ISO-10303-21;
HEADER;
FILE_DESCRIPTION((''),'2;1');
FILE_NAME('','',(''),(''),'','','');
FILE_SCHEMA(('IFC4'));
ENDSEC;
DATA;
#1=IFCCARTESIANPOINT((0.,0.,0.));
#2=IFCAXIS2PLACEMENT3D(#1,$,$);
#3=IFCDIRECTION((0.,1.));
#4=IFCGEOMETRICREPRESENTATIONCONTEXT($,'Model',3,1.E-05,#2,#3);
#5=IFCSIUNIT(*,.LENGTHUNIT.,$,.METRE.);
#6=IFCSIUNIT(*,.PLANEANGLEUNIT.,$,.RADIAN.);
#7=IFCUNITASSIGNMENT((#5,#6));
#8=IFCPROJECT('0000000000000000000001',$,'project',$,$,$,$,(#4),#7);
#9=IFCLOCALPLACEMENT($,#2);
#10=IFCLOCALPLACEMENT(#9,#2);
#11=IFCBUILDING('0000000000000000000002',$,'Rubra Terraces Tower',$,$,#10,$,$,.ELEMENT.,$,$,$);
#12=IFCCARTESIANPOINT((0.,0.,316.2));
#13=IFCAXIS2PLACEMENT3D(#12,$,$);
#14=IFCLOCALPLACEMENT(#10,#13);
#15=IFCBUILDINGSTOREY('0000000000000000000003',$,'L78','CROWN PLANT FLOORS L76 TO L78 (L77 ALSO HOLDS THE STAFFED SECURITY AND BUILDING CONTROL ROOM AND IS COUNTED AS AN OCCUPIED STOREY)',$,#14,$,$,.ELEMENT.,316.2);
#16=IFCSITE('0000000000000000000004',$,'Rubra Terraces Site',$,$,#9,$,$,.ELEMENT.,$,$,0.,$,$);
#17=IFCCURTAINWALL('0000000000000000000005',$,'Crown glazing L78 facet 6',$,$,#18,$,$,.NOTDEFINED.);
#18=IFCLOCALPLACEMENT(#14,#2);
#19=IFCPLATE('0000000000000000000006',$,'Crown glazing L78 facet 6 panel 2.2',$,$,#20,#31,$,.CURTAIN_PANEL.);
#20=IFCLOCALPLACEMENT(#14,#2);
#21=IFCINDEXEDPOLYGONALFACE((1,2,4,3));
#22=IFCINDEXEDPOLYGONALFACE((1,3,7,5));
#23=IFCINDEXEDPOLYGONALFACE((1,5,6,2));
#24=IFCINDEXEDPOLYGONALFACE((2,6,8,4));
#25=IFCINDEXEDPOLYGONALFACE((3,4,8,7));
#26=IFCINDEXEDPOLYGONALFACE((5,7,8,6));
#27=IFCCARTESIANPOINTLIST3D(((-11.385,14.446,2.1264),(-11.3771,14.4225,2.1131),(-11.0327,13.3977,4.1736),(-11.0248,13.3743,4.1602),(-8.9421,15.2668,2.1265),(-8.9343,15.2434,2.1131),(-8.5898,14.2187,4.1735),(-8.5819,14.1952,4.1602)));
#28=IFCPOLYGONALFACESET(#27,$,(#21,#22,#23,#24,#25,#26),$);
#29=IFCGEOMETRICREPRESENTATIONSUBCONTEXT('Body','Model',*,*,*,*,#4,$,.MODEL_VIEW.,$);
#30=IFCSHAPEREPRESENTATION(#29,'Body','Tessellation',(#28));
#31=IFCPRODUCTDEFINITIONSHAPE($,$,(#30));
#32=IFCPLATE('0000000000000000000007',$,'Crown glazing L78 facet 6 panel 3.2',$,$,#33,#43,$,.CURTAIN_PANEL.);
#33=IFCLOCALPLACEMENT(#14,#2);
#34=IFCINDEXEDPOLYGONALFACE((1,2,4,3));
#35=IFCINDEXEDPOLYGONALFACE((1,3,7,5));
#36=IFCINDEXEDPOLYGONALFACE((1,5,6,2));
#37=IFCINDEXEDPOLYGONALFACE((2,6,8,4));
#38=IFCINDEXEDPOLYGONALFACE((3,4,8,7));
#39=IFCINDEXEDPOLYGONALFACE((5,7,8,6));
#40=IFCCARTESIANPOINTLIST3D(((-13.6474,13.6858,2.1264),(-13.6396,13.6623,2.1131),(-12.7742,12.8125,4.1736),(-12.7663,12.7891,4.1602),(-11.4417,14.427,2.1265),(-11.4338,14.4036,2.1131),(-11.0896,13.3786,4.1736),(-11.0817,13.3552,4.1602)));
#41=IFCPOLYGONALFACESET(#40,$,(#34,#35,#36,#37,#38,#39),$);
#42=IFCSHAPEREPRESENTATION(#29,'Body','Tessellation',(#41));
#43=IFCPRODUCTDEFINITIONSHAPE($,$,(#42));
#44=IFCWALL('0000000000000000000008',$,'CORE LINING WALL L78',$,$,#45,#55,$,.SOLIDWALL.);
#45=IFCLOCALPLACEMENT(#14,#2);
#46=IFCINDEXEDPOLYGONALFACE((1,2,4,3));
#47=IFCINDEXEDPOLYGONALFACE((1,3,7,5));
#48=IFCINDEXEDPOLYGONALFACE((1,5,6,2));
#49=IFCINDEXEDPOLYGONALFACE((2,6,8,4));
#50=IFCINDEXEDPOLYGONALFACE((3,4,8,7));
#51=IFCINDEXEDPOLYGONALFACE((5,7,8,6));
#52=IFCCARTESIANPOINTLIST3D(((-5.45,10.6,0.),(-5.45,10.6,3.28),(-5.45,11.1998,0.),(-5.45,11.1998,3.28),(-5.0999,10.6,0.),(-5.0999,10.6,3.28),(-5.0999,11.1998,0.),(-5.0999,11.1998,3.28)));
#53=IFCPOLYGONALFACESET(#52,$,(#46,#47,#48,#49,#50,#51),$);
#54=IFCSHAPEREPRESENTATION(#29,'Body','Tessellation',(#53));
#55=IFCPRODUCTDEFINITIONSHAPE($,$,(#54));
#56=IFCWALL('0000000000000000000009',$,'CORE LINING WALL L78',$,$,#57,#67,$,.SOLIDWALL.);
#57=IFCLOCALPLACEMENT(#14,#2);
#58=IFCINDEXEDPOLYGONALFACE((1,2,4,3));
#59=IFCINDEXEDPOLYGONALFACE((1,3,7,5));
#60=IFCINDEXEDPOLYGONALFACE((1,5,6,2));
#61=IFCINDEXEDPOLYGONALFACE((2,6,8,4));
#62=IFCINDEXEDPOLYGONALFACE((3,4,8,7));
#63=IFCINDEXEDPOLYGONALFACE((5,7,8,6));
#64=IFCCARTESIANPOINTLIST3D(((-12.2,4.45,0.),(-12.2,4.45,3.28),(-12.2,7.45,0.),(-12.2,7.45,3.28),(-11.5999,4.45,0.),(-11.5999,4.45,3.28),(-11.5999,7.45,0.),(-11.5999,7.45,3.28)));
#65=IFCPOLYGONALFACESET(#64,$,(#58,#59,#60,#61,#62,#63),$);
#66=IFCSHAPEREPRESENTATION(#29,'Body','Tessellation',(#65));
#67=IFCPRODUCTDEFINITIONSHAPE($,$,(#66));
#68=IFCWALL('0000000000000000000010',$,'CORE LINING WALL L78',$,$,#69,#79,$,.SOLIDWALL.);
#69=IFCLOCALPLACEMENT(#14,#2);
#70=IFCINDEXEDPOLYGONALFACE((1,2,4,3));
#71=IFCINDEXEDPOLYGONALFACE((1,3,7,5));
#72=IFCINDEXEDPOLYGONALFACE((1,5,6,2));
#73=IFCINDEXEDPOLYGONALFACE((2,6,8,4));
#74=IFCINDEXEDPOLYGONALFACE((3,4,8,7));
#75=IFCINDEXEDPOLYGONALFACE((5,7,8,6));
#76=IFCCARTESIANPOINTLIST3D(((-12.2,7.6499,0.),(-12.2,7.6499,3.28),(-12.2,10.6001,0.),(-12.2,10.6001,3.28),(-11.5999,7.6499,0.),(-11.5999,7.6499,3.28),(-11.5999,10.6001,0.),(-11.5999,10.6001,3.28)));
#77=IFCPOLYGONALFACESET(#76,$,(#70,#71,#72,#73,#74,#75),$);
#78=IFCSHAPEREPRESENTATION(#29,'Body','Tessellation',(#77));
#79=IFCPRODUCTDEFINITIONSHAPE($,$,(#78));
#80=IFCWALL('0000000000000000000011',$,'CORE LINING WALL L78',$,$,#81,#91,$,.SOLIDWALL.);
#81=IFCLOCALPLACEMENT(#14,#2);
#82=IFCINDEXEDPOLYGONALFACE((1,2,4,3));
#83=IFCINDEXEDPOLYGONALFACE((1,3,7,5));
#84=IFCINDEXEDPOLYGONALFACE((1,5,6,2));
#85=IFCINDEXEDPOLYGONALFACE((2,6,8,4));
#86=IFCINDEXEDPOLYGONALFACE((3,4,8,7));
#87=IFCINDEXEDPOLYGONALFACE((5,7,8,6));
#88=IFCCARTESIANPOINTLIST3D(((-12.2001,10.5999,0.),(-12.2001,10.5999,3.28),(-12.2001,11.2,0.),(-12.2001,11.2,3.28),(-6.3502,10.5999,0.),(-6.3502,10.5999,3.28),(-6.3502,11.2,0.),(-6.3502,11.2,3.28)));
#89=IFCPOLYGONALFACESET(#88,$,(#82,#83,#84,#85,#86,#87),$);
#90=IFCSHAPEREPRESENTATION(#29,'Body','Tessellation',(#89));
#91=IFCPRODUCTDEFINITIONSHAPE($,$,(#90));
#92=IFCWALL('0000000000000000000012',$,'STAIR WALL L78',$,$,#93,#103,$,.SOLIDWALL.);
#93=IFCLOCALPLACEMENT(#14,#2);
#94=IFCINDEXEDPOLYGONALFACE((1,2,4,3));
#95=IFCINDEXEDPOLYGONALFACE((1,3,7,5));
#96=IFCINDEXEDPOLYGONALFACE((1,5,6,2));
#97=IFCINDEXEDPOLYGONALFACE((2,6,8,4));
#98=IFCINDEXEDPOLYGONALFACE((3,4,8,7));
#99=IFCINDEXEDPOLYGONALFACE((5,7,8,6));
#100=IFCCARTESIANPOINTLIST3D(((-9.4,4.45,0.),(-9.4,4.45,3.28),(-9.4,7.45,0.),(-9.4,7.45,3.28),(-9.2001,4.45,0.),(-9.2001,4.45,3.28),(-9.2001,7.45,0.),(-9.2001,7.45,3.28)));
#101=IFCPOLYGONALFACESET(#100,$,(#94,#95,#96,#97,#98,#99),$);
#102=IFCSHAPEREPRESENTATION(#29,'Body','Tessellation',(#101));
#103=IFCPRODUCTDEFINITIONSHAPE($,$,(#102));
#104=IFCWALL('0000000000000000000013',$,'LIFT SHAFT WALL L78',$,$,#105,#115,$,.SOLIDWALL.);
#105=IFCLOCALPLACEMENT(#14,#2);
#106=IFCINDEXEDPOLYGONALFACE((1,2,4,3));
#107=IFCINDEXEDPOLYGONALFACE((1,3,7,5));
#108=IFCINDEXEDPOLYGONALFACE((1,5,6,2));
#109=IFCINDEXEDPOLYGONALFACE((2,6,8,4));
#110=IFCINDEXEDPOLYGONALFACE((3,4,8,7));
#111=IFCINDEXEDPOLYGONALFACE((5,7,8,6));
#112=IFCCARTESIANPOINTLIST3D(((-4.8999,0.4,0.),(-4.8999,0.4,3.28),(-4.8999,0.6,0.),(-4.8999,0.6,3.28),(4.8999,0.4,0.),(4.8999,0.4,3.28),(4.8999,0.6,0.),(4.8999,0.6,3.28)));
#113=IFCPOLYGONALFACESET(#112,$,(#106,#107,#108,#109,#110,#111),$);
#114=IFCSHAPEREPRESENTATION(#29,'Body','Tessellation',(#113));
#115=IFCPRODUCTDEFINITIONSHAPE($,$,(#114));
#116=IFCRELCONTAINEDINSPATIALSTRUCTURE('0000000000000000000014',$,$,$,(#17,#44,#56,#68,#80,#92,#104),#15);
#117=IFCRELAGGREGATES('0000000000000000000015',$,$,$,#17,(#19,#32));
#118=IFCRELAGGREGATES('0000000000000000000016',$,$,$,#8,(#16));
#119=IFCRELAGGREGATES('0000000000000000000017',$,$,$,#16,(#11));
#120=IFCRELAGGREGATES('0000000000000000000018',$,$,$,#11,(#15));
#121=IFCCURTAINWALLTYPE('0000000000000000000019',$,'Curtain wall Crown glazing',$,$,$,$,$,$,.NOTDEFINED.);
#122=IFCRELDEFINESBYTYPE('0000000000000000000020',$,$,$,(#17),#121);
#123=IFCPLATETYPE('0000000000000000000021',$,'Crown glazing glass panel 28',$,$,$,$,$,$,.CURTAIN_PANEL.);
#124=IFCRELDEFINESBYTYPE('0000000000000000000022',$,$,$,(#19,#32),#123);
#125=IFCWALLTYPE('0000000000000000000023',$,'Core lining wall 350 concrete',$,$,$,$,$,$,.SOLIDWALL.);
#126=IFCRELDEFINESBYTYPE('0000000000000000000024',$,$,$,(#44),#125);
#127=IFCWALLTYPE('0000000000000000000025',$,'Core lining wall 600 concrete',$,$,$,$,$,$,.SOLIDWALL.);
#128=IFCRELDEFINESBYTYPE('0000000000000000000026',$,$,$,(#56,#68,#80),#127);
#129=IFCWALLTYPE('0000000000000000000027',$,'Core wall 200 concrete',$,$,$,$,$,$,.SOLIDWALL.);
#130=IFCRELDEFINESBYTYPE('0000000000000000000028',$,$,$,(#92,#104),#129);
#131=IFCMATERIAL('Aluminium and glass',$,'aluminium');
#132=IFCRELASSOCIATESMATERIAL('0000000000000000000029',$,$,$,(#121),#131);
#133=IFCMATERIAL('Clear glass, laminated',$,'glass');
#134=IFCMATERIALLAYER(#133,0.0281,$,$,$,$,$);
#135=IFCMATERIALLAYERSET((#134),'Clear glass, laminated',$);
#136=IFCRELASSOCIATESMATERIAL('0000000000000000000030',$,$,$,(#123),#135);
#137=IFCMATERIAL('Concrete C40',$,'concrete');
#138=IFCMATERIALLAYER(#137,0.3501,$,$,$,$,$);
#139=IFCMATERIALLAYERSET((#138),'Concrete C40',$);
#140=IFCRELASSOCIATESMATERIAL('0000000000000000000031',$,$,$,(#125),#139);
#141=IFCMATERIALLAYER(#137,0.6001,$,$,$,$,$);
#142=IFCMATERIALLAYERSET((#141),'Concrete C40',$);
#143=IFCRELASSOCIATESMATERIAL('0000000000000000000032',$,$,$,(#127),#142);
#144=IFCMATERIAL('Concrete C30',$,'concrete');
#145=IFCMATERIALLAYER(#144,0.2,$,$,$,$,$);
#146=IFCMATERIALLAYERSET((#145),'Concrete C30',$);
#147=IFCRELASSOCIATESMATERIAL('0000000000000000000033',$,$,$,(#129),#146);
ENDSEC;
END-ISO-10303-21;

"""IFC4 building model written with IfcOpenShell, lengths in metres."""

from ifc_helpers import new_model, si_unit, direction, frame, frame_2d, origin, place, context, subcontext, project, spatial, polyline, rectangle, outline, extrude, material, layer, layer_set, type_object, element, aggregate, save


model = new_model("IFC4")

# Units and contexts
model_context = context("Model", 3, precision=1e-05, world=origin(), true_north=direction((0.0, 1.0)))
body_context = subcontext(model_context, "Body", "Model", "MODEL_VIEW")
ifc_project = project(units=[si_unit("LENGTHUNIT", "METRE"), si_unit("PLANEANGLEUNIT", "RADIAN")], contexts=[model_context])

# Site, building, storey
site_placement = place(None, origin())
site = spatial("IfcSite", under=ifc_project, at=site_placement, Name="Rubra Terraces Site", CompositionType="ELEMENT", RefElevation=0.0)
building_placement = place(site_placement, origin())
building = spatial("IfcBuilding", under=site, at=building_placement, Name="Rubra Terraces Tower", CompositionType="ELEMENT")
storey_placement = place(building_placement, frame((0.0, 0.0, 316.2)))
storey = spatial("IfcBuildingStorey", under=building, at=storey_placement, Name="L78", Description="CROWN PLANT FLOORS L76 TO L78 (L77 ALSO HOLDS THE STAFFED SECURITY AND BUILDING CONTROL ROOM AND IS COUNTED AS AN OCCUPIED STOREY)", CompositionType="ELEMENT", Elevation=316.2)

# Curtain wall, plates
ifc_material_1 = material(Name="Aluminium and glass", Category="aluminium")
curtain_wall_type = type_object("IfcCurtainWallType", Name="Curtain wall Crown glazing", PredefinedType="NOTDEFINED", material=ifc_material_1)
curtain_wall_placement = place(storey_placement, origin())
curtain_wall = element("IfcCurtainWall", 1, at=curtain_wall_placement, inside=storey, type_object=curtain_wall_type, Name="Crown glazing L78 facet 6", PredefinedType="NOTDEFINED")
ifc_material_2 = material(Name="Clear glass, laminated", Category="glass")
ifc_layer_1 = layer(ifc_material_2, 0.0281)
ifc_layer_set_1 = layer_set([ifc_layer_1], Name="Clear glass, laminated")
plate_type = type_object("IfcPlateType", Name="Crown glazing glass panel 28", PredefinedType="CURTAIN_PANEL", material=ifc_layer_set_1)
plate_1_placement = place(storey_placement, frame((-8.9421, 15.2668, 2.1265), z_axis=(-0.280265, 0.834003, 0.475279), x_axis=(-0.947912, -0.318533, -0.000019)))
plate_1 = element("IfcPlate", 2, at=plate_1_placement, type_object=plate_type, Name="Crown glazing L78 facet 6 panel 2.2", PredefinedType="CURTAIN_PANEL", context=body_context, shape_type="SweptSolid", body=[
    extrude(outline(polyline([(0.0, 0.0), (2.5771, 0.0), (2.577, 2.3268), (-0.0001, 2.3267), (0.0, 0.0)])), origin(), (0.0, 0.0, -1.0), 0.0281),
])
plate_2_placement = place(storey_placement, frame((-11.4417, 14.427, 2.1265), z_axis=(-0.280263, 0.833986, 0.47531), x_axis=(-0.947909, -0.318542, -0.00001)))
plate_2 = element("IfcPlate", 3, at=plate_2_placement, type_object=plate_type, Name="Crown glazing L78 facet 6 panel 3.2", PredefinedType="CURTAIN_PANEL", context=body_context, shape_type="SweptSolid", body=[
    extrude(outline(polyline([(0.0, 0.0), (2.327, 0.0), (1.7774, 2.3268), (0.0002, 2.3267), (0.0, 0.0)])), origin(), (0.0, 0.0, -1.0), 0.0281),
])
aggregate(curtain_wall, [plate_1, plate_2])

# Walls
ifc_material_3 = material(Name="Concrete C40", Category="concrete")
ifc_layer_2 = layer(ifc_material_3, 0.3501)
ifc_layer_set_2 = layer_set([ifc_layer_2], Name="Concrete C40")
wall_type_1 = type_object("IfcWallType", Name="Core lining wall 350 concrete", PredefinedType="SOLIDWALL", material=ifc_layer_set_2)
wall_1_placement = place(storey_placement, frame((-5.2749, 10.6001, 0.0), z_axis=(0.0, 0.0, 1.0), x_axis=(0.0, 1.0, 0.0)))
element("IfcWall", 4, at=wall_1_placement, inside=storey, type_object=wall_type_1, Name="CORE LINING WALL L78", PredefinedType="SOLIDWALL", context=body_context, shape_type="SweptSolid", body=[
    extrude(rectangle(XDim=0.5999, YDim=0.3501, at=frame_2d((0.2998, 0.0))), origin(), (0.0, 0.0, 1.0), 3.28),
])
ifc_layer_3 = layer(ifc_material_3, 0.6001)
ifc_layer_set_3 = layer_set([ifc_layer_3], Name="Concrete C40")
wall_type_2 = type_object("IfcWallType", Name="Core lining wall 600 concrete", PredefinedType="SOLIDWALL", material=ifc_layer_set_3)
wall_2_placement = place(storey_placement, frame((-11.8999, 4.45, 0.0), z_axis=(0.0, 0.0, 1.0), x_axis=(0.0, 1.0, 0.0)))
element("IfcWall", 5, at=wall_2_placement, inside=storey, type_object=wall_type_2, Name="CORE LINING WALL L78", PredefinedType="SOLIDWALL", context=body_context, shape_type="SweptSolid", body=[
    extrude(rectangle(XDim=3.0, YDim=0.6001, at=frame_2d((1.5, 0.0))), origin(), (0.0, 0.0, 1.0), 3.28),
])
wall_3_placement = place(storey_placement, frame((-11.8999, 7.6499, 0.0), z_axis=(0.0, 0.0, 1.0), x_axis=(0.0, 1.0, 0.0)))
element("IfcWall", 6, at=wall_3_placement, inside=storey, type_object=wall_type_2, Name="CORE LINING WALL L78", PredefinedType="SOLIDWALL", context=body_context, shape_type="SweptSolid", body=[
    extrude(rectangle(XDim=2.9502, YDim=0.6001, at=frame_2d((1.4751, 0.0))), origin(), (0.0, 0.0, 1.0), 3.28),
])
wall_4_placement = place(storey_placement, frame((-12.2, 10.8999, 0.0), z_axis=(0.0, 0.0, 1.0), x_axis=(1.0, 0.0, 0.0)))
element("IfcWall", 7, at=wall_4_placement, inside=storey, type_object=wall_type_2, Name="CORE LINING WALL L78", PredefinedType="SOLIDWALL", context=body_context, shape_type="SweptSolid", body=[
    extrude(rectangle(XDim=5.8499, YDim=0.6001, at=frame_2d((2.9248, 0.0))), origin(), (0.0, 0.0, 1.0), 3.28),
])
ifc_material_4 = material(Name="Concrete C30", Category="concrete")
ifc_layer_4 = layer(ifc_material_4, 0.2)
ifc_layer_set_4 = layer_set([ifc_layer_4], Name="Concrete C30")
wall_type_3 = type_object("IfcWallType", Name="Core wall 200 concrete", PredefinedType="SOLIDWALL", material=ifc_layer_set_4)
wall_5_placement = place(storey_placement, frame((-9.3, 4.45, 0.0), z_axis=(0.0, 0.0, 1.0), x_axis=(0.0, 1.0, 0.0)))
element("IfcWall", 8, at=wall_5_placement, inside=storey, type_object=wall_type_3, Name="STAIR WALL L78", PredefinedType="SOLIDWALL", context=body_context, shape_type="SweptSolid", body=[
    extrude(rectangle(XDim=3.0, YDim=0.2, at=frame_2d((1.5, 0.0))), origin(), (0.0, 0.0, 1.0), 3.28),
])
wall_6_placement = place(storey_placement, frame((-4.8999, 0.5, 0.0), z_axis=(0.0, 0.0, 1.0), x_axis=(1.0, 0.0, 0.0)))
element("IfcWall", 9, at=wall_6_placement, inside=storey, type_object=wall_type_3, Name="LIFT SHAFT WALL L78", PredefinedType="SOLIDWALL", context=body_context, shape_type="SweptSolid", body=[
    extrude(rectangle(XDim=9.7998, YDim=0.2, at=frame_2d((4.8999, 0.0))), origin(), (0.0, 0.0, 1.0), 3.28),
])

save(model, "model.ifc")
